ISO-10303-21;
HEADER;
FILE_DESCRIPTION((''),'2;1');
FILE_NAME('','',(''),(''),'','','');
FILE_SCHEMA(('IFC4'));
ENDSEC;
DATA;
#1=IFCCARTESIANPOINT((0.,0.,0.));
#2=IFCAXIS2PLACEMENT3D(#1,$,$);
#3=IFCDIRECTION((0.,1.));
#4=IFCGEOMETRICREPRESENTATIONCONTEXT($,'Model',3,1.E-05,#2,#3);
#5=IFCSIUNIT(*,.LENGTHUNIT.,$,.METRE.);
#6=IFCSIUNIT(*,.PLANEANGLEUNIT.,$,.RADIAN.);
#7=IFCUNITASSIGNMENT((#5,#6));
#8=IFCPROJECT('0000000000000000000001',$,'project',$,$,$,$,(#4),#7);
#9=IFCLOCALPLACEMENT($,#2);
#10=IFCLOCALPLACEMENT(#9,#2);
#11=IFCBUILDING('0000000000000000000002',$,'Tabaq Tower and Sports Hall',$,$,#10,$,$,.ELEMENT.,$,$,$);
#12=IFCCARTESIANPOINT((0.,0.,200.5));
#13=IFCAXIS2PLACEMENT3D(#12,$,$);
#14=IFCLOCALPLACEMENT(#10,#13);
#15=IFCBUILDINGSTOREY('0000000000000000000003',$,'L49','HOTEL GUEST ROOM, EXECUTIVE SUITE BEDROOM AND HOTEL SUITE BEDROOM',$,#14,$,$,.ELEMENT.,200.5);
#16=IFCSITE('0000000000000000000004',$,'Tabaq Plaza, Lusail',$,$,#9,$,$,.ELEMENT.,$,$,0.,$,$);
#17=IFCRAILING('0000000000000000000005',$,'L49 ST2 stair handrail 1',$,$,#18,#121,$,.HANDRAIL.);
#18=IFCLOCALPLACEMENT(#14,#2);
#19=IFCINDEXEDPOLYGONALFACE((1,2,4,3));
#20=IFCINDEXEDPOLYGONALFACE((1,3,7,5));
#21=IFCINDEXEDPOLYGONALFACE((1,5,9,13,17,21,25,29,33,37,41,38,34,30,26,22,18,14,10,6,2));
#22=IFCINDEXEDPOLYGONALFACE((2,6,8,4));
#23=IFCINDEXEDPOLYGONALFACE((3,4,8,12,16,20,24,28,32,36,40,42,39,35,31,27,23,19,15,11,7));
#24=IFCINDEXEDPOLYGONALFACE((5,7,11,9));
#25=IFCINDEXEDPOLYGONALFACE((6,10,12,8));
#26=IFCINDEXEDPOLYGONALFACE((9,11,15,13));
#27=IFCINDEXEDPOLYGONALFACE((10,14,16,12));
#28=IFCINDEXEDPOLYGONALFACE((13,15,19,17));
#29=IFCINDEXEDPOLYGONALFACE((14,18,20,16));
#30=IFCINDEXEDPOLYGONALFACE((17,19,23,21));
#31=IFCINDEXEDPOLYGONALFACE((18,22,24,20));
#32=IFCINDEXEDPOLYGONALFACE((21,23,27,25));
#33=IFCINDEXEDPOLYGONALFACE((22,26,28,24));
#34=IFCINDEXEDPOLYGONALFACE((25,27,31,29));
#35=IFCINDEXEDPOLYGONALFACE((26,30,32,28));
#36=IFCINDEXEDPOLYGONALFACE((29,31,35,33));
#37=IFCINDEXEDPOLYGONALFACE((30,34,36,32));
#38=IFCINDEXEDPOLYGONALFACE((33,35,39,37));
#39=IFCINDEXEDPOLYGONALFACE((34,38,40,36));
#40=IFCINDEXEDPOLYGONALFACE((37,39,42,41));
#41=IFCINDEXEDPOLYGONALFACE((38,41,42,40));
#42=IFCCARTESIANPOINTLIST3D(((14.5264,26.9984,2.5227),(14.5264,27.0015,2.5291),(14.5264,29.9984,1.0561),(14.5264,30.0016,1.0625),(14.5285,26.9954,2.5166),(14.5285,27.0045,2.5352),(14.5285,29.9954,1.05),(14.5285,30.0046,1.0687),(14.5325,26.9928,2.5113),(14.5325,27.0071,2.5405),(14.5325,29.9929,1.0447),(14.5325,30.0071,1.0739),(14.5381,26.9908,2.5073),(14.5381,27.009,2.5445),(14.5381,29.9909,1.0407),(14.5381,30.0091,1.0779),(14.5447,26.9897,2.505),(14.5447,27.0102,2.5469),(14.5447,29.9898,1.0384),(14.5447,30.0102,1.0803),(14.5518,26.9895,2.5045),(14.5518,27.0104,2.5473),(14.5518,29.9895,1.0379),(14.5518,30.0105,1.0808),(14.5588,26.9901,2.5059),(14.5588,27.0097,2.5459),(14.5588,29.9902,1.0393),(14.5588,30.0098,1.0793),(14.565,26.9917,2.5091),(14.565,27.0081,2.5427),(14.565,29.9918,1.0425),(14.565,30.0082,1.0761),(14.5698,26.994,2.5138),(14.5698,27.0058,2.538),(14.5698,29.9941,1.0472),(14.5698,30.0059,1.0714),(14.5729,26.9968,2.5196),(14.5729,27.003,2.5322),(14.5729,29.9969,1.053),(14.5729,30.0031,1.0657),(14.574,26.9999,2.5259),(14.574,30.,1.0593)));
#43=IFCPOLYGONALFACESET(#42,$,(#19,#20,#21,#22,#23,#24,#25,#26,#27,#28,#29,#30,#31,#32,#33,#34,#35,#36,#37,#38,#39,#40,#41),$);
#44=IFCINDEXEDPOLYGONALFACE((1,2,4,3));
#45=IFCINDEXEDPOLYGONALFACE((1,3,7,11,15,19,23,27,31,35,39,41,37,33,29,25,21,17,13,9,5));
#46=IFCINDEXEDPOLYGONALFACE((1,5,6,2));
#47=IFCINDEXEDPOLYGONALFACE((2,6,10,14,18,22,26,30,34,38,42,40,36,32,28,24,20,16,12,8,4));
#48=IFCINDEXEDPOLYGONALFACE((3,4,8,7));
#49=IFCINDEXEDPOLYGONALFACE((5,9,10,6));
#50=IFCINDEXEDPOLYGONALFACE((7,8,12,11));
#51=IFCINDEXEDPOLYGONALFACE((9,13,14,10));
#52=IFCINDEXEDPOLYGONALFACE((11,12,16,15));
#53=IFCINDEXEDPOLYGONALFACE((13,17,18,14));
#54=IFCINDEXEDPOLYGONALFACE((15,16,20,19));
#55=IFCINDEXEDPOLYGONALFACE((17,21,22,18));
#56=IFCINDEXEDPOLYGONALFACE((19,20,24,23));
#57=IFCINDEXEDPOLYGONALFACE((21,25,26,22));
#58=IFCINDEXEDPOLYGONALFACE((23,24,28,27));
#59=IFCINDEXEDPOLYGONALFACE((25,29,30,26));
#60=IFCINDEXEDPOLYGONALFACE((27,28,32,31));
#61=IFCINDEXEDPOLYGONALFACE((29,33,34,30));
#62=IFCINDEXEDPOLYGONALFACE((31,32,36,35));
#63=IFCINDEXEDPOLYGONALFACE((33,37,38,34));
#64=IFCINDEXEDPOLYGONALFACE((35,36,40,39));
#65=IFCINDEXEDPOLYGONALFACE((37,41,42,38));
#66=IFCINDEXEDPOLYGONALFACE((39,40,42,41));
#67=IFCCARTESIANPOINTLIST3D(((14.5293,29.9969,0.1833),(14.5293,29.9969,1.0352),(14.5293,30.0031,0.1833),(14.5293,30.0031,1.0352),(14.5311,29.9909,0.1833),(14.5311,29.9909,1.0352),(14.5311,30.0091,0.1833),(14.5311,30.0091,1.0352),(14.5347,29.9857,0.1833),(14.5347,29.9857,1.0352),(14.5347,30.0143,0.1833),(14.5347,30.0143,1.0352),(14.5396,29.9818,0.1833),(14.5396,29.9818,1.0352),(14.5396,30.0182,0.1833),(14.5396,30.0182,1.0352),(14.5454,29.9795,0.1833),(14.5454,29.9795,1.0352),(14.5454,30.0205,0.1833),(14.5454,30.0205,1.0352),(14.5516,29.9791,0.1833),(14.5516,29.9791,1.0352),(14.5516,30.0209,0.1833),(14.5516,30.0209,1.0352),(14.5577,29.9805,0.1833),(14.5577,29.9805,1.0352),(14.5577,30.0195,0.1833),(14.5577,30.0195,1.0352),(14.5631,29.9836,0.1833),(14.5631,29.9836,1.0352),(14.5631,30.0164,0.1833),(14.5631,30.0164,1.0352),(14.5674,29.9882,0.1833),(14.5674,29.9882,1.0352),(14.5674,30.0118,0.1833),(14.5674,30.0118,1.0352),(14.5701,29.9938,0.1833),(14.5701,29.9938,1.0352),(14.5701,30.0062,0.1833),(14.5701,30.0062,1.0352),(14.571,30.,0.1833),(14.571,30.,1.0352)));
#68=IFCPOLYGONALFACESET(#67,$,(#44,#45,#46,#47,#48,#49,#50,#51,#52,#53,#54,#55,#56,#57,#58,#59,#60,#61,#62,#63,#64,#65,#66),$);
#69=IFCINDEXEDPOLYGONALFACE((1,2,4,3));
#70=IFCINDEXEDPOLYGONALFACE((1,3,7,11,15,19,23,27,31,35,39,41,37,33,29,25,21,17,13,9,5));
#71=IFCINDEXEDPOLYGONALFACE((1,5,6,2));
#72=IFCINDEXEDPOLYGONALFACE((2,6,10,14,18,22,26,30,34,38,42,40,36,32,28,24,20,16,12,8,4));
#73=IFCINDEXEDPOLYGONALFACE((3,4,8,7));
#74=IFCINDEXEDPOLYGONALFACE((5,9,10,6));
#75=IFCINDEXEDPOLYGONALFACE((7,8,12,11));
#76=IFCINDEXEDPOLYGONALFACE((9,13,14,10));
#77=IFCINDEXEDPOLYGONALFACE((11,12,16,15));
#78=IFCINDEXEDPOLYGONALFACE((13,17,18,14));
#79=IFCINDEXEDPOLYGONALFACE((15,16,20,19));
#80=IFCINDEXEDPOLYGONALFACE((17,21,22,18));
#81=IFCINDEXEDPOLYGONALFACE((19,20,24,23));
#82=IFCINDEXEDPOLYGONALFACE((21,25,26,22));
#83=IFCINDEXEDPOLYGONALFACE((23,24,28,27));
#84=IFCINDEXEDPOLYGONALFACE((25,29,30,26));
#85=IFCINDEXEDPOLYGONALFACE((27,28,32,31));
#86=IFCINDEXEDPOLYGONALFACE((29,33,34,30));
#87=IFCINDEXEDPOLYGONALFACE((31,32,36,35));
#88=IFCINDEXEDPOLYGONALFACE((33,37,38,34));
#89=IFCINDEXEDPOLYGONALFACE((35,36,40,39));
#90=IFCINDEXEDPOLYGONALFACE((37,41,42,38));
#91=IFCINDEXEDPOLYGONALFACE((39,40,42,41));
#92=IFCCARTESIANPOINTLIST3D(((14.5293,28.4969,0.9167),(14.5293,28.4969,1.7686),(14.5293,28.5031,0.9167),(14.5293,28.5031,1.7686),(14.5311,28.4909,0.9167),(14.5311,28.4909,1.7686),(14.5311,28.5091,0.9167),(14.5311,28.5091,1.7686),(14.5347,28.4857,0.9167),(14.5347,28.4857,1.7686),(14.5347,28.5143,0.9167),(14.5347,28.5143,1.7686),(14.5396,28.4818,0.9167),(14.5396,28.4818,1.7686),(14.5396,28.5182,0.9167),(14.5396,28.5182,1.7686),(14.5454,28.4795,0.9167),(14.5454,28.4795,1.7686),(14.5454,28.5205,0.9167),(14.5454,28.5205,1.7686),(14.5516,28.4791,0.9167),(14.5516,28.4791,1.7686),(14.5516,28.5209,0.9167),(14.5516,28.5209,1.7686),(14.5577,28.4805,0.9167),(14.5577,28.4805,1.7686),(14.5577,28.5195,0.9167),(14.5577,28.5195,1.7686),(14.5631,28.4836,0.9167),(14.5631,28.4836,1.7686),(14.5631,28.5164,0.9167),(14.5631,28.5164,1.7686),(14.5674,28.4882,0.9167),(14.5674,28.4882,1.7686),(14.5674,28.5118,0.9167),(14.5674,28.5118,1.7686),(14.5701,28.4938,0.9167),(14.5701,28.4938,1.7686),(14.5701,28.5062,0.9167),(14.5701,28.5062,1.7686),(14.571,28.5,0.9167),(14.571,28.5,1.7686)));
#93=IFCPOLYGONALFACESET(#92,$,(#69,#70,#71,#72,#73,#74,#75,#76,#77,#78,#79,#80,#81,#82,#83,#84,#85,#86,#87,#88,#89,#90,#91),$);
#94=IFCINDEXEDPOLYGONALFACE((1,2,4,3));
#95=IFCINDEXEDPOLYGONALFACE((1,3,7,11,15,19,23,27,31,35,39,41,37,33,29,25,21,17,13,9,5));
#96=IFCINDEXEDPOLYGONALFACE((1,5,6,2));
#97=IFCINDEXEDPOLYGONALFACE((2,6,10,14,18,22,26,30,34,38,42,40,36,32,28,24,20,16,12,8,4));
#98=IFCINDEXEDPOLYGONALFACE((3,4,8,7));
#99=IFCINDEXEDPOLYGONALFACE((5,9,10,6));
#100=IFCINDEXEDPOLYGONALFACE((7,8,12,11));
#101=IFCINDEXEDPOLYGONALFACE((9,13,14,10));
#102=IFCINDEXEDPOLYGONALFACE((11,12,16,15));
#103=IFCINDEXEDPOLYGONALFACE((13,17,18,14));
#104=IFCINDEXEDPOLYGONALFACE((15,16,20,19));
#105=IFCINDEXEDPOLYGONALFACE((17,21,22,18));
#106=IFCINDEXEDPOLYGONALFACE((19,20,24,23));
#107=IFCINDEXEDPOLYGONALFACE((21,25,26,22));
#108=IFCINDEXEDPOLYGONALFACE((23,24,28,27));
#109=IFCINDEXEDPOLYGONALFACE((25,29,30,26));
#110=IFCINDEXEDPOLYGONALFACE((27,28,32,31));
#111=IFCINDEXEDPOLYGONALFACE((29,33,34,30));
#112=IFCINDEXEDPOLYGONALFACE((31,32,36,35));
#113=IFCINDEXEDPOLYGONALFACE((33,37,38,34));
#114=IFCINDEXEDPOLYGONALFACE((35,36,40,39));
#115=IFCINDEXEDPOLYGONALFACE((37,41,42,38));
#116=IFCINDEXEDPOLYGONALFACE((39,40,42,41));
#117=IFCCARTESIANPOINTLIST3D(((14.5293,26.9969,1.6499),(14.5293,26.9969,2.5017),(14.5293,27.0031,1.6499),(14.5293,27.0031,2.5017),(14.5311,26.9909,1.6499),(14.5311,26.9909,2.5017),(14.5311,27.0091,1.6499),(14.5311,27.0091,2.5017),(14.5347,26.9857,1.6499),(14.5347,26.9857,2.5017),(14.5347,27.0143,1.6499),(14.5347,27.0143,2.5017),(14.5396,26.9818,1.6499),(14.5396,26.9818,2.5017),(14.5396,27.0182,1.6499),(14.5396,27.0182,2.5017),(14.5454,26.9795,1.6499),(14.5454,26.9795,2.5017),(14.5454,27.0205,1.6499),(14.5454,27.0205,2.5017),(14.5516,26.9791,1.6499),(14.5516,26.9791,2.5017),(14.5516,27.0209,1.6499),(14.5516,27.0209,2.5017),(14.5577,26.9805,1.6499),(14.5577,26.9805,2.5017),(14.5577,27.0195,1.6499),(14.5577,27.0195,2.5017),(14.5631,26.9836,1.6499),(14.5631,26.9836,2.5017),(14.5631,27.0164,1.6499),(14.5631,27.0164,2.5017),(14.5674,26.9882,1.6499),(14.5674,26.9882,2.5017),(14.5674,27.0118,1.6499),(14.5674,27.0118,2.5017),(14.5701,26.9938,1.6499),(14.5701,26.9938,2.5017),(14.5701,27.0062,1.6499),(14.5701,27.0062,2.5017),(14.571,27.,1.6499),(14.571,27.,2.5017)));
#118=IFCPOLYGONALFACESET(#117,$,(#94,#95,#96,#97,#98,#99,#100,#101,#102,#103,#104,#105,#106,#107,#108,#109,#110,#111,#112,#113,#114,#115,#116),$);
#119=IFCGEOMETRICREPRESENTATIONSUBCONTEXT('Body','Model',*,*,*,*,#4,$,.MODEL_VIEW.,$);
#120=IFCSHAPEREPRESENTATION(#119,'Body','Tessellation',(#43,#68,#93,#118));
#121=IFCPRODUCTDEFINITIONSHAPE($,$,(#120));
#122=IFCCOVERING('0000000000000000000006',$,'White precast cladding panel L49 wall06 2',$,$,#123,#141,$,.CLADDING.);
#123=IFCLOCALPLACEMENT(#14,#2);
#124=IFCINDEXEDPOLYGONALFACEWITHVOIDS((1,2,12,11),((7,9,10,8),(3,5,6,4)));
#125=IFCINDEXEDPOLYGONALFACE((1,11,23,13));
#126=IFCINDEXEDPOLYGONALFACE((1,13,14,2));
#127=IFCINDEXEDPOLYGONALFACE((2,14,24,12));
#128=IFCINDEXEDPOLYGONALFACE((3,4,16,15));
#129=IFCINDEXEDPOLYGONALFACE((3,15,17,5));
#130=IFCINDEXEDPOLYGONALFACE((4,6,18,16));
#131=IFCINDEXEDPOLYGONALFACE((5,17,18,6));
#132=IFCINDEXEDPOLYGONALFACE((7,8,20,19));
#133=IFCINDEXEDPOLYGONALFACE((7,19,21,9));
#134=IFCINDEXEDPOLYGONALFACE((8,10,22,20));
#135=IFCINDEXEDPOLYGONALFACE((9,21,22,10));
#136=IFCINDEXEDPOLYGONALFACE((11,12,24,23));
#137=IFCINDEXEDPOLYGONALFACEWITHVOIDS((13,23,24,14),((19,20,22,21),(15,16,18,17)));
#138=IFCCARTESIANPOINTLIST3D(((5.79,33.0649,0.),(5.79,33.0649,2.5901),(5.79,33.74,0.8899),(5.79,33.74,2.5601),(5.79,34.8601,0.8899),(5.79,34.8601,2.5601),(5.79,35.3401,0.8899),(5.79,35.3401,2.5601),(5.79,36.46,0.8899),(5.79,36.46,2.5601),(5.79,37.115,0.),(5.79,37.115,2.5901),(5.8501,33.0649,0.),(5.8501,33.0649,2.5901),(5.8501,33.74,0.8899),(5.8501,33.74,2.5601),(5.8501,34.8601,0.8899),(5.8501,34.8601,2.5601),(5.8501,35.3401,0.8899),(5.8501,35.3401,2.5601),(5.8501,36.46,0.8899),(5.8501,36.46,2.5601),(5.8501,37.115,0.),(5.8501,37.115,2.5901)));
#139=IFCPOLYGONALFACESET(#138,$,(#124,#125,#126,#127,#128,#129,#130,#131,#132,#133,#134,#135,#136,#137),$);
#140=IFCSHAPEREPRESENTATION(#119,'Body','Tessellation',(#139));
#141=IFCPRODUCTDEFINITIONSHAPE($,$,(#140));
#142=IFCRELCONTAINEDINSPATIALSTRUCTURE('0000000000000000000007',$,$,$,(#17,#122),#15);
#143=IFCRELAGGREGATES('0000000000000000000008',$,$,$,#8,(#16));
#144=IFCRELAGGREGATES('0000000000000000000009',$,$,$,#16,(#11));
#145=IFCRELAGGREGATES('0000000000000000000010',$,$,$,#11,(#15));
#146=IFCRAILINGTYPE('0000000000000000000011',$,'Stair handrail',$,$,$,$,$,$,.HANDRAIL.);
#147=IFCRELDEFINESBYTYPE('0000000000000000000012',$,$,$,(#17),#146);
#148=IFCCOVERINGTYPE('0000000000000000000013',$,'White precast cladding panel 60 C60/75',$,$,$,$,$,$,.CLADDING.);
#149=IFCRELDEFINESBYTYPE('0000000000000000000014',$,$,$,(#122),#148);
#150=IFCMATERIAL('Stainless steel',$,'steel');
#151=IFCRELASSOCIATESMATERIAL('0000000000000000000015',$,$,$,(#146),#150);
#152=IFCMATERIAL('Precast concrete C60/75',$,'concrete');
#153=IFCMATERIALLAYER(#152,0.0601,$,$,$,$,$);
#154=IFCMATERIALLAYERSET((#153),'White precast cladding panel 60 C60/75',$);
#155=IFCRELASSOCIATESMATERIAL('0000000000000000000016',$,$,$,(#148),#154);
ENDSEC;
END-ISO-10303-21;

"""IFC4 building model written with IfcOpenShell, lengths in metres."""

from ifc_helpers import new_model, si_unit, direction, frame, origin, origin_2d, place, context, subcontext, project, spatial, polyline, circle, outline, extrude, material, layer, layer_set, type_object, element, save


model = new_model("IFC4")

# Units and contexts
model_context = context("Model", 3, precision=1e-05, world=origin(), true_north=direction((0.0, 1.0)))
body_context = subcontext(model_context, "Body", "Model", "MODEL_VIEW")
ifc_project = project(units=[si_unit("LENGTHUNIT", "METRE"), si_unit("PLANEANGLEUNIT", "RADIAN")], contexts=[model_context])

# Site, building, storey
site_placement = place(None, origin())
site = spatial("IfcSite", under=ifc_project, at=site_placement, Name="Tabaq Plaza, Lusail", CompositionType="ELEMENT", RefElevation=0.0)
building_placement = place(site_placement, origin())
building = spatial("IfcBuilding", under=site, at=building_placement, Name="Tabaq Tower and Sports Hall", CompositionType="ELEMENT")
storey_placement = place(building_placement, frame((0.0, 0.0, 200.5)))
storey = spatial("IfcBuildingStorey", under=building, at=storey_placement, Name="L49", Description="HOTEL GUEST ROOM, EXECUTIVE SUITE BEDROOM AND HOTEL SUITE BEDROOM", CompositionType="ELEMENT", Elevation=200.5)

# Railing
ifc_material_1 = material(Name="Stainless steel", Category="steel")
railing_type_1 = type_object("IfcRailingType", Name="Stair handrail", PredefinedType="HANDRAIL", material=ifc_material_1)
for number, where, name in (
    (1, (14.55, 30.0, 0.1833), "L49 ST2 stair handrail 1"),
):
    element("IfcRailing", number, at=place(storey_placement, frame(where)), inside=storey, type_object=railing_type_1, Name=name, PredefinedType="HANDRAIL", context=body_context, shape_type="SweptSolid", body=[
        extrude(circle(Radius=0.0239, at=origin_2d()), frame((0.0, 0.0, 0.876), z_axis=(0.0, -0.898398, 0.439183), x_axis=(1.0, 0.0, 0.0)), (0.0, 0.0, 1.0), 3.3394),
        extrude(circle(Radius=0.021, at=origin_2d()), origin(), (0.0, 0.0, 1.0), 0.8518),
        extrude(circle(Radius=0.021, at=origin_2d()), frame((0.0, -1.5, 0.7334)), (0.0, 0.0, 1.0), 0.8518),
        extrude(circle(Radius=0.021, at=origin_2d()), frame((0.0, -3.0, 1.4666)), (0.0, 0.0, 1.0), 0.8518),
    ])

# Covering
ifc_material_2 = material(Name="Precast concrete C60/75", Category="concrete")
ifc_layer_1 = layer(ifc_material_2, 0.0601)
ifc_layer_set_1 = layer_set([ifc_layer_1], Name="White precast cladding panel 60 C60/75")
covering_type = type_object("IfcCoveringType", Name="White precast cladding panel 60 C60/75", PredefinedType="CLADDING", material=ifc_layer_set_1)
covering_placement = place(storey_placement, frame((5.8201, 37.115, 0.0), z_axis=(0.0, 0.0, 1.0), x_axis=(0.0, -1.0, 0.0)))
element("IfcCovering", 2, at=covering_placement, inside=storey, type_object=covering_type, Name="White precast cladding panel L49 wall06 2", PredefinedType="CLADDING", context=body_context, shape_type="SweptSolid", body=[
    extrude(outline(polyline([(0.0, 0.0), (4.05, 0.0), (4.05, 2.5901), (0.0, 2.5901), (0.0, 0.0)]), holes=[polyline([(0.655, 0.8899), (0.655, 2.5601), (1.7749, 2.5601), (1.7749, 0.8899), (0.655, 0.8899)]), polyline([(2.2549, 0.8899), (2.2549, 2.5601), (3.375, 2.5601), (3.375, 0.8899), (2.2549, 0.8899)])]), frame((0.0, 0.03, 0.0), z_axis=(0.0, -1.0, 0.0), x_axis=(1.0, 0.0, 0.0)), (0.0, 0.0, 1.0), 0.0601),
])

save(model, "model.ifc")
